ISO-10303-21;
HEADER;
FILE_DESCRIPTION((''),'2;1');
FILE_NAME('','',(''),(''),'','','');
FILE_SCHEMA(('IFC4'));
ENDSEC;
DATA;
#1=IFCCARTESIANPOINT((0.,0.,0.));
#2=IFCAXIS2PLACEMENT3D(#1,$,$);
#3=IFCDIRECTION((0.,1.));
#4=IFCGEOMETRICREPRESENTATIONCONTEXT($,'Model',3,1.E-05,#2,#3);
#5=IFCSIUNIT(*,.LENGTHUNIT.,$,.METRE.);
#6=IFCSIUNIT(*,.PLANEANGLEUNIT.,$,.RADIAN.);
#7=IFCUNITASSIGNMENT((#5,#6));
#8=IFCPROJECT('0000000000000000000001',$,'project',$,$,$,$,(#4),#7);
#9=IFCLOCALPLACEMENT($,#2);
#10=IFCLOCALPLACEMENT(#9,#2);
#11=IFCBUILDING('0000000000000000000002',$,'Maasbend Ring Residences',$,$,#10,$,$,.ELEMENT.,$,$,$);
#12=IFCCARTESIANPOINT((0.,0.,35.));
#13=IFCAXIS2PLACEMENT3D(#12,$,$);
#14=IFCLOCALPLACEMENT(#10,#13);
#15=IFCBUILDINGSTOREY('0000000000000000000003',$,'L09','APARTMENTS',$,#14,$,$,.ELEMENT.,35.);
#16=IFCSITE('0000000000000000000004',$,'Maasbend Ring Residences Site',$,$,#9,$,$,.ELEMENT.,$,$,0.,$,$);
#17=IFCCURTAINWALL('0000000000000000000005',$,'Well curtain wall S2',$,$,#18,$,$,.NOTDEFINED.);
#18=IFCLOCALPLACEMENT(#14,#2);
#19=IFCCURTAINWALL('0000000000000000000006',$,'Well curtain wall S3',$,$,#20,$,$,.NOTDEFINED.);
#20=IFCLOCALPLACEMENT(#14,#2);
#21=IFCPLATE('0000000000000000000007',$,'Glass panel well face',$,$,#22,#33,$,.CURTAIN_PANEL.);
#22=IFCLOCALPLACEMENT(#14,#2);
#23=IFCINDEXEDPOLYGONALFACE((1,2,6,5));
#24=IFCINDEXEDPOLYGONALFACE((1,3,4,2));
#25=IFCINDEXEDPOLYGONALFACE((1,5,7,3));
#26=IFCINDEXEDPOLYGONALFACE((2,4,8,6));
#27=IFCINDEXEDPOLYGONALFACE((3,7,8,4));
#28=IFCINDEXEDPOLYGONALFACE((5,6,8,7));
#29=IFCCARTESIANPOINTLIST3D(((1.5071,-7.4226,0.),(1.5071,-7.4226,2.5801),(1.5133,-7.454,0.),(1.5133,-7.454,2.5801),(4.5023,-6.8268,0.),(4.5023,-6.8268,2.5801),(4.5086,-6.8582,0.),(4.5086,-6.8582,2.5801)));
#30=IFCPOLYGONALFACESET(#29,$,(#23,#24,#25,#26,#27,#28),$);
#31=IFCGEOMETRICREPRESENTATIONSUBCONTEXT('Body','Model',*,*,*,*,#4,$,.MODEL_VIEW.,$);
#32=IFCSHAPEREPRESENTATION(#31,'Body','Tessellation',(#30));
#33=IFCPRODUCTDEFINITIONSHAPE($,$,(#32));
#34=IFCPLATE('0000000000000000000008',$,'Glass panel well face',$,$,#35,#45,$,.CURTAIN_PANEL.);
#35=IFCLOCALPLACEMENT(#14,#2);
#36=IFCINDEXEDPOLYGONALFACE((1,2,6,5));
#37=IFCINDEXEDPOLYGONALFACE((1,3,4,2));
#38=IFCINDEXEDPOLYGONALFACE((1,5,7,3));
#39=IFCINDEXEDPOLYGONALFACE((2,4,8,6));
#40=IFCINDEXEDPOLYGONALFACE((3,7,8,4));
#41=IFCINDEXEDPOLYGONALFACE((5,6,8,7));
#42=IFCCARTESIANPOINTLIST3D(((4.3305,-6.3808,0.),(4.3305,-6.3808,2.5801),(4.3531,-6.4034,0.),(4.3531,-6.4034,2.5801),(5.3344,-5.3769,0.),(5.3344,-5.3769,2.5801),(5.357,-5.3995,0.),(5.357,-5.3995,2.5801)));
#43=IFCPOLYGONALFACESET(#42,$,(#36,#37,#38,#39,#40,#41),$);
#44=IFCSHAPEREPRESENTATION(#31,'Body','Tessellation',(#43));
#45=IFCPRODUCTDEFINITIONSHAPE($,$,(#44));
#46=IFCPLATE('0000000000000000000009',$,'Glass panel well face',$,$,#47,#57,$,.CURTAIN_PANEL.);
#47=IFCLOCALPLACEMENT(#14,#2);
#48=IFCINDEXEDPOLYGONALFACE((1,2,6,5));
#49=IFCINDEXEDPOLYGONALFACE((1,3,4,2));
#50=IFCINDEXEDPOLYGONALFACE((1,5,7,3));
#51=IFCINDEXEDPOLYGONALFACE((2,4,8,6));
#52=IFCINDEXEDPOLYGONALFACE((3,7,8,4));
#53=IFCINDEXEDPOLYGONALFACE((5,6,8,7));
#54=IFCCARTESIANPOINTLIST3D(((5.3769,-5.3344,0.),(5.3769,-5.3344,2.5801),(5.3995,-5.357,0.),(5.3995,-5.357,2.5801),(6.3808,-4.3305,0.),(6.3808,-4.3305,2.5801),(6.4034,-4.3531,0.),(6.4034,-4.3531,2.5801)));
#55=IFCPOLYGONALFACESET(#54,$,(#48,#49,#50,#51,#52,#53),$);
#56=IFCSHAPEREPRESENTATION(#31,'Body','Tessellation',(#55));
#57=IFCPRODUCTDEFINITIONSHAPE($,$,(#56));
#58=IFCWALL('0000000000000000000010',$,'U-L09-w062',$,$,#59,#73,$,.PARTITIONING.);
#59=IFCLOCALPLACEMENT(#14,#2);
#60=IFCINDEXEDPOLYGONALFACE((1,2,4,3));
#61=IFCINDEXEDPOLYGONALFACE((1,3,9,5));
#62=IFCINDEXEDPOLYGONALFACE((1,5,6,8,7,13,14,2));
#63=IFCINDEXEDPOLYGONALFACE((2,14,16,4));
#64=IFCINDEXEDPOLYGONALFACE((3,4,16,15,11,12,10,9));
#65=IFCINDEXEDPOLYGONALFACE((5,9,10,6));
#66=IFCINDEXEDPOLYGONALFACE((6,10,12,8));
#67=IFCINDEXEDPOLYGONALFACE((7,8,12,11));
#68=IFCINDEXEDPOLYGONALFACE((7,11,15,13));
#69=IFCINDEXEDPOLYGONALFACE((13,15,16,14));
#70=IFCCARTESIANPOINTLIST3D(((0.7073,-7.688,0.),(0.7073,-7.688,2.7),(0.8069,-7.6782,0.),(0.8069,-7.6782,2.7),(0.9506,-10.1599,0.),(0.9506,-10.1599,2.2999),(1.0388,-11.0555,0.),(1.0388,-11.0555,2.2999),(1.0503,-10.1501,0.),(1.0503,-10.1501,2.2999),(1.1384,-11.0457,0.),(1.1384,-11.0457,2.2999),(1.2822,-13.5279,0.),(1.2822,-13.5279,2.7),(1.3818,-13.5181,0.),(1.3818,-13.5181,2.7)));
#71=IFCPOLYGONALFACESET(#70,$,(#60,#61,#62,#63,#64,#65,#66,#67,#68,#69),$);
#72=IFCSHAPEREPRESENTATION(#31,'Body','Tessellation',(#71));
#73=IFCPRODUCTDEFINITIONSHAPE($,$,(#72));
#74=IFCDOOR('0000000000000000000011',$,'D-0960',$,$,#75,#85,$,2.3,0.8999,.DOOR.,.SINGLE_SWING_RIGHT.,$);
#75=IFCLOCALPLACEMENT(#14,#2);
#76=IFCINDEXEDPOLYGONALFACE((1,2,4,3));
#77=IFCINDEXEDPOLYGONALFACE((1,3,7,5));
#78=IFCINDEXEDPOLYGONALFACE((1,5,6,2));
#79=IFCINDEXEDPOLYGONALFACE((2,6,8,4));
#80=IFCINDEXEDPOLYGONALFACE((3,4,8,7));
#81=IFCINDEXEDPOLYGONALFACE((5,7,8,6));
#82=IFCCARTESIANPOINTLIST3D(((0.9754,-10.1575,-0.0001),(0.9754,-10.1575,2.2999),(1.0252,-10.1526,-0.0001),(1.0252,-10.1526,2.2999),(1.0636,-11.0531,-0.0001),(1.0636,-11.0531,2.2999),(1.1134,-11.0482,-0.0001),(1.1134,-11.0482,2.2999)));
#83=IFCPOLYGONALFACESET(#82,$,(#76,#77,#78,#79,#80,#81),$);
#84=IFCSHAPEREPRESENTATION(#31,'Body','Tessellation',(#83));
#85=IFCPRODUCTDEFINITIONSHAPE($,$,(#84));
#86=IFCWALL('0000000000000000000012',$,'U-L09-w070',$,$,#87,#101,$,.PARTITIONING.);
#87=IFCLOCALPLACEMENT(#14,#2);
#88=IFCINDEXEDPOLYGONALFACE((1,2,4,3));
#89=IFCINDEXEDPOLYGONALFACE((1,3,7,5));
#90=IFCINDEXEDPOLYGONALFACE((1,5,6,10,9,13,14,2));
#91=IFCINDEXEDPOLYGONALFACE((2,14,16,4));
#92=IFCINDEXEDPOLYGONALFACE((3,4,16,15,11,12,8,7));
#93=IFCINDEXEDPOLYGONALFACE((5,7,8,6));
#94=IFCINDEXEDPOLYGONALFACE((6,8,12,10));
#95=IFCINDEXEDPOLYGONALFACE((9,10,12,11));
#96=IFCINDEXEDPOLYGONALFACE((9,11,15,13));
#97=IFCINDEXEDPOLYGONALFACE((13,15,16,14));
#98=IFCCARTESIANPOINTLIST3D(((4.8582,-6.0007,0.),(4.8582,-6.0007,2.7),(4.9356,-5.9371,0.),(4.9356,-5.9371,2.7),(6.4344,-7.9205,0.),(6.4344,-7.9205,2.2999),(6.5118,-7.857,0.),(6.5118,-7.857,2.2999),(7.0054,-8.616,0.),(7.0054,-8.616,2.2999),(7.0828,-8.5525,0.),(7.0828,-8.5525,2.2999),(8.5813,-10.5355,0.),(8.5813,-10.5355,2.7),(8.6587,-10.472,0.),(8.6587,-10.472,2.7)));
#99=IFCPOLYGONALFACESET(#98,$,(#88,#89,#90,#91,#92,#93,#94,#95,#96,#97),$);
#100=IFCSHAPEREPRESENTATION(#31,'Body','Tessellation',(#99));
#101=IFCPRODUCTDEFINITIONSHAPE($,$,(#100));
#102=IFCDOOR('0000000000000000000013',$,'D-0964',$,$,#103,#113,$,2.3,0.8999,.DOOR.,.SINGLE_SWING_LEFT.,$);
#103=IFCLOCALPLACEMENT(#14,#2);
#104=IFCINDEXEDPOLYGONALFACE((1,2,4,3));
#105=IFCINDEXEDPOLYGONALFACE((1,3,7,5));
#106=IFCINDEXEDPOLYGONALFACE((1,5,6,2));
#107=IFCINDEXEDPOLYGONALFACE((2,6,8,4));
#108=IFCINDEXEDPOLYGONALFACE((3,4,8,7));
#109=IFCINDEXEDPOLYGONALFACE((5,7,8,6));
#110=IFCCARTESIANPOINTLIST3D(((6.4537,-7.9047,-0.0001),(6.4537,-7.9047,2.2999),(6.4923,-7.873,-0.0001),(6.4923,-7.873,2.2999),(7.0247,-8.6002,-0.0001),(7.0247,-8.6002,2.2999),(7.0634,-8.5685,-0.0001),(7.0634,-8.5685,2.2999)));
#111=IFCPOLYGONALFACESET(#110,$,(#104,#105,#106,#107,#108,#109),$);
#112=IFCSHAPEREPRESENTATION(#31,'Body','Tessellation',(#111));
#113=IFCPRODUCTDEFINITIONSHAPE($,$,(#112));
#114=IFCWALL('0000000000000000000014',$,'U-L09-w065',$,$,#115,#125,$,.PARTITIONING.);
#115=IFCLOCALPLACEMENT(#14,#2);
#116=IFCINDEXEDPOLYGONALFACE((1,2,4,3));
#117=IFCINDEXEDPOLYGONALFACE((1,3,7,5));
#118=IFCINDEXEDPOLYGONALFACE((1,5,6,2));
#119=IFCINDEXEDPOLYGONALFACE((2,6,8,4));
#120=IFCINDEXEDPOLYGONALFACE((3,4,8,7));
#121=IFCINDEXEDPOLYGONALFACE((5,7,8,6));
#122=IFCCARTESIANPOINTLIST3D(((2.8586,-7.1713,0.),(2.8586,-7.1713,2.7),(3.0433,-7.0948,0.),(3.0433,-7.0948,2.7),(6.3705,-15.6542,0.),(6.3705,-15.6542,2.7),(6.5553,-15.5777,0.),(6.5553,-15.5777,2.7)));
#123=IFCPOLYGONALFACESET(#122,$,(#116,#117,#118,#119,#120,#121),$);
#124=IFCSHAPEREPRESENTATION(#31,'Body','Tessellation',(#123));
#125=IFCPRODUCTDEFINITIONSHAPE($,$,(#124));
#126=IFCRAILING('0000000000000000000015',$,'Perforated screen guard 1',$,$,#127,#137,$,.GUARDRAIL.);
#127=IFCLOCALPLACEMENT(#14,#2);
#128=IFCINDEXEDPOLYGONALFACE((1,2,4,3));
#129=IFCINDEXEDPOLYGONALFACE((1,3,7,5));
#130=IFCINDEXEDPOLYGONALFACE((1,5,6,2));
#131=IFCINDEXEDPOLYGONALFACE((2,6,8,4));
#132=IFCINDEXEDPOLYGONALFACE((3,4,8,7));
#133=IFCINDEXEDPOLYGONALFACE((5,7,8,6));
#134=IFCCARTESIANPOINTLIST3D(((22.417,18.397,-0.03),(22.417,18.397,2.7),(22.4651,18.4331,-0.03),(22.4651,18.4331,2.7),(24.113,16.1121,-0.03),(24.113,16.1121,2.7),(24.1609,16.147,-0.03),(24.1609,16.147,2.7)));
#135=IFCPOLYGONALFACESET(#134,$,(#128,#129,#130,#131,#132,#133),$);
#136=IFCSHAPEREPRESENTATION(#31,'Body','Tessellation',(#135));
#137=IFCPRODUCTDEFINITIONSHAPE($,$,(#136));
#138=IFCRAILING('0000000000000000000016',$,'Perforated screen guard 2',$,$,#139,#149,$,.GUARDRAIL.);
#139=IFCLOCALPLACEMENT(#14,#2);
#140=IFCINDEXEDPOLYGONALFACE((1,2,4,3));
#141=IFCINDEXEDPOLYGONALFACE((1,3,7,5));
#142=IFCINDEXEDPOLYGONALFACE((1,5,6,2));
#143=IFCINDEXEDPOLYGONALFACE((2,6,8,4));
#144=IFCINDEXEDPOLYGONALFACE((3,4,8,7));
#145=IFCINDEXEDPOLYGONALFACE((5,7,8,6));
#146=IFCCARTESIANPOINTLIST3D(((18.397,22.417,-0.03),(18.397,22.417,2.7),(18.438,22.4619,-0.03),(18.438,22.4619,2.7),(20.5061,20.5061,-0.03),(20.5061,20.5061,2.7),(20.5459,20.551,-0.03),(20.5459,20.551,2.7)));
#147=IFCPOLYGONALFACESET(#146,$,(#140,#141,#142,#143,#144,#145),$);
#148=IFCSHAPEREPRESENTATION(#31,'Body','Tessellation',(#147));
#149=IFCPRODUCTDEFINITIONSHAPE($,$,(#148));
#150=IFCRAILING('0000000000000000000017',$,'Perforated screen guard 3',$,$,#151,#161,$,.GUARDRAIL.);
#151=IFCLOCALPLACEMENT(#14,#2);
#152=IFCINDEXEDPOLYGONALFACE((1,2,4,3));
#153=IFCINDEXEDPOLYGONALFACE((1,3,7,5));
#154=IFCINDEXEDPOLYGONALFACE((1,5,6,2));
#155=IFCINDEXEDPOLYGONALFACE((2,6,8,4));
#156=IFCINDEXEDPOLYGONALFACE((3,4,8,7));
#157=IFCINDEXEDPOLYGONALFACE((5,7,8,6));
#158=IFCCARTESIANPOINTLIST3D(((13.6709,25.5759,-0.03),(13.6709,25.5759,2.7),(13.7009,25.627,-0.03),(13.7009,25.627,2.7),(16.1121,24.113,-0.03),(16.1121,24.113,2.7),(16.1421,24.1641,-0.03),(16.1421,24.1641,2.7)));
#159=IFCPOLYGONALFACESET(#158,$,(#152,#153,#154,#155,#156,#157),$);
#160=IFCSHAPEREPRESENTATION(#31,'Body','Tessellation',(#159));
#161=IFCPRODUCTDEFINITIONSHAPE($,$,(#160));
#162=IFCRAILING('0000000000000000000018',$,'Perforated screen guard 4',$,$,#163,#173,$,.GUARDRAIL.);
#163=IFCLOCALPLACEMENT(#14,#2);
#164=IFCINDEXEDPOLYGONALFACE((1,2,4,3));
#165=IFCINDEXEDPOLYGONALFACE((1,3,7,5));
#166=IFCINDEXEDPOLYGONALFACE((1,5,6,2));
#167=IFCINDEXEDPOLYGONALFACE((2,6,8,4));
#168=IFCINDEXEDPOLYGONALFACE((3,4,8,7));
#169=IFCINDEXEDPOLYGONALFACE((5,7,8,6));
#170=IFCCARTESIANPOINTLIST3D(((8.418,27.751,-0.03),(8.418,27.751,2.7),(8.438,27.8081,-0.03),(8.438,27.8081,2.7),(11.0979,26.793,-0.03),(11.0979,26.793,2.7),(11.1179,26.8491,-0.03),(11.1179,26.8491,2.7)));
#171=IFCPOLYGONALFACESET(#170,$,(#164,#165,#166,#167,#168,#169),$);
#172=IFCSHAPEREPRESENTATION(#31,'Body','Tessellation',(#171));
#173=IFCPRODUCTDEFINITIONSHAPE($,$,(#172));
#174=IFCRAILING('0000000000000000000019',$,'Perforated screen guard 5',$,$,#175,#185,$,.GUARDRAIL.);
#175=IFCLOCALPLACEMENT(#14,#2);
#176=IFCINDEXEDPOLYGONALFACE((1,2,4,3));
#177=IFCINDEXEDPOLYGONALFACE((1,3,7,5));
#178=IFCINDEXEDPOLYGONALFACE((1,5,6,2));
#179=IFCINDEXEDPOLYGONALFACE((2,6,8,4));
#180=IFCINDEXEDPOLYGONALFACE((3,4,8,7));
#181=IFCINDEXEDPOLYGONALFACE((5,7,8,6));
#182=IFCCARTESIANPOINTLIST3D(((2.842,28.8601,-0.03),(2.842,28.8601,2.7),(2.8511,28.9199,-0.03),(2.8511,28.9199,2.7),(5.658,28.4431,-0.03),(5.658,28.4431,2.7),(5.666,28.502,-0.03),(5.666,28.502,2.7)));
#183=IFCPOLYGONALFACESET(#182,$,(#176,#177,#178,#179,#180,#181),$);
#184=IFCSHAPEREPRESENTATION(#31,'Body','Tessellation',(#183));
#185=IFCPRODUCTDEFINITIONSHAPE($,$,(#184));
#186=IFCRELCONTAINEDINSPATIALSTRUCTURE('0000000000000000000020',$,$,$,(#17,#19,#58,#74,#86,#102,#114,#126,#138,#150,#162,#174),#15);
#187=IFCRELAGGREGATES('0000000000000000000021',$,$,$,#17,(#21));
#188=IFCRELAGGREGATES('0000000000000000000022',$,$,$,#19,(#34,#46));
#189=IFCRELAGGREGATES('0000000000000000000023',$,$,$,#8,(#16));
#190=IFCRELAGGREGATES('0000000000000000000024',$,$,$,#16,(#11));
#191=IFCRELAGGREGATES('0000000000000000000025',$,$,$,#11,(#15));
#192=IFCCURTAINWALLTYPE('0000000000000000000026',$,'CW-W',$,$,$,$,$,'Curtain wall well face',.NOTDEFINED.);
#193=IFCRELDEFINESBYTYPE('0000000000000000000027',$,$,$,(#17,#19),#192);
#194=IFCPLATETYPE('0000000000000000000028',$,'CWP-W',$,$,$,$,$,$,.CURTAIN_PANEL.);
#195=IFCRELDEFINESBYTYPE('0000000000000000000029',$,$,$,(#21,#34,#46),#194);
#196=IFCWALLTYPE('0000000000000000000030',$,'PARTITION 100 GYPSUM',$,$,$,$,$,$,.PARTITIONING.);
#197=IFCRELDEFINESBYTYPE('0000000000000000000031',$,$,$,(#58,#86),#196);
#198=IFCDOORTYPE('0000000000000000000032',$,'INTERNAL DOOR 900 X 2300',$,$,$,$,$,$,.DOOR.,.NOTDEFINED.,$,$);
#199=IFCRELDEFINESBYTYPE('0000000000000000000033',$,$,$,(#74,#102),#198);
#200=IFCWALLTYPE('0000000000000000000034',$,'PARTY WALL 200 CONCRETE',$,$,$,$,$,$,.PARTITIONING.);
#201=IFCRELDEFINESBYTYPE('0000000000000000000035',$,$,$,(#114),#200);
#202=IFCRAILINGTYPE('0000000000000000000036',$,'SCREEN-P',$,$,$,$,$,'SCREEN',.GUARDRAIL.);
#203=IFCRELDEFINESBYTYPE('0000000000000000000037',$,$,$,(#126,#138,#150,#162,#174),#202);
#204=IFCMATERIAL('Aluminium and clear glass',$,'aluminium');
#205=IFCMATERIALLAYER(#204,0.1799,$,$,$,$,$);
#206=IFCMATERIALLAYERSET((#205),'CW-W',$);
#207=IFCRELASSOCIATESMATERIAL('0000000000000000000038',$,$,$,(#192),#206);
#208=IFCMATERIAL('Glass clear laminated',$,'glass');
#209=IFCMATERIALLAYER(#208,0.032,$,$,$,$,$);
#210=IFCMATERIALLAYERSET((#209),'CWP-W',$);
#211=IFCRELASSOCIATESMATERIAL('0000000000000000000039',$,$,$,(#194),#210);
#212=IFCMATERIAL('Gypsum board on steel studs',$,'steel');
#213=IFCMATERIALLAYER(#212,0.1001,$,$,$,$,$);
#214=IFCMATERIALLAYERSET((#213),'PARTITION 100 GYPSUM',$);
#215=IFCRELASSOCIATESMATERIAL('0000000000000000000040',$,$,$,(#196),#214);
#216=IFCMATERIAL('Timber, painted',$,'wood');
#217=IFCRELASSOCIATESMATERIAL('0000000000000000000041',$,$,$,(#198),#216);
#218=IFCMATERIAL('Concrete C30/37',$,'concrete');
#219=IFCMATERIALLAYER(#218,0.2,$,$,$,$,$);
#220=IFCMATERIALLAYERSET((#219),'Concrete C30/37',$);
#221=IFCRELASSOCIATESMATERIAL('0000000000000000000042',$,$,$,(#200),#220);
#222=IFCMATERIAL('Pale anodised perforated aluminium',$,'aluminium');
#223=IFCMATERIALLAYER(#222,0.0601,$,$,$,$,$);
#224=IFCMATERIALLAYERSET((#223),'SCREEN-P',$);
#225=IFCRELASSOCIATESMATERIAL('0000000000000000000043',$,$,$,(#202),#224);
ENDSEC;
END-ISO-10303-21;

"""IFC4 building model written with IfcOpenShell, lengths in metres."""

from ifc_helpers import new_model, si_unit, direction, frame, frame_2d, origin, origin_2d, place, context, subcontext, project, spatial, polyline, rectangle, outline, extrude, material, layer, layer_set, type_object, element, fill, aggregate, save


model = new_model("IFC4")

# Units and contexts
model_context = context("Model", 3, precision=1e-05, world=origin(), true_north=direction((0.0, 1.0)))
body_context = subcontext(model_context, "Body", "Model", "MODEL_VIEW")
ifc_project = project(units=[si_unit("LENGTHUNIT", "METRE"), si_unit("PLANEANGLEUNIT", "RADIAN")], contexts=[model_context])

# Site, building, storey
site_placement = place(None, origin())
site = spatial("IfcSite", under=ifc_project, at=site_placement, Name="Maasbend Ring Residences Site", CompositionType="ELEMENT", RefElevation=0.0)
building_placement = place(site_placement, origin())
building = spatial("IfcBuilding", under=site, at=building_placement, Name="Maasbend Ring Residences", CompositionType="ELEMENT")
storey_placement = place(building_placement, frame((0.0, 0.0, 35.0)))
storey = spatial("IfcBuildingStorey", under=building, at=storey_placement, Name="L09", Description="APARTMENTS", CompositionType="ELEMENT", Elevation=35.0)

# Curtain walls
ifc_material_1 = material(Name="Aluminium and clear glass", Category="aluminium")
ifc_layer_1 = layer(ifc_material_1, 0.1799)
ifc_layer_set_1 = layer_set([ifc_layer_1], Name="CW-W")
curtain_wall_type = type_object("IfcCurtainWallType", Name="CW-W", ElementType="Curtain wall well face", PredefinedType="NOTDEFINED", material=ifc_layer_set_1)
curtain_wall_1_placement = place(storey_placement, origin())
curtain_wall_1 = element("IfcCurtainWall", 1, at=curtain_wall_1_placement, inside=storey, type_object=curtain_wall_type, Name="Well curtain wall S2", PredefinedType="NOTDEFINED")
curtain_wall_2_placement = place(storey_placement, origin())
curtain_wall_2 = element("IfcCurtainWall", 2, at=curtain_wall_2_placement, inside=storey, type_object=curtain_wall_type, Name="Well curtain wall S3", PredefinedType="NOTDEFINED")

# Plates
ifc_material_2 = material(Name="Glass clear laminated", Category="glass")
ifc_layer_2 = layer(ifc_material_2, 0.032)
ifc_layer_set_2 = layer_set([ifc_layer_2], Name="CWP-W")
plate_type = type_object("IfcPlateType", Name="CWP-W", PredefinedType="CURTAIN_PANEL", material=ifc_layer_set_2)
plate_1_placement = place(storey_placement, frame((3.0078, -7.1404, 0.0), z_axis=(0.0, 0.0, 1.0), x_axis=(0.980785, 0.19509, 0.0)))
plate_1 = element("IfcPlate", 3, at=plate_1_placement, type_object=plate_type, Name="Glass panel well face", PredefinedType="CURTAIN_PANEL", context=body_context, shape_type="SweptSolid", body=[
    extrude(rectangle(XDim=3.054, YDim=0.032, at=origin_2d()), origin(), (0.0, 0.0, 1.0), 2.5801),
])
aggregate(curtain_wall_1, [plate_1])
plate_2_placement = place(storey_placement, frame((4.8438, -5.8901, 0.0), z_axis=(0.0, 0.0, 1.0), x_axis=(0.707107, 0.707107, 0.0)))
plate_2 = element("IfcPlate", 4, at=plate_2_placement, type_object=plate_type, Name="Glass panel well face", PredefinedType="CURTAIN_PANEL", context=body_context, shape_type="SweptSolid", body=[
    extrude(rectangle(XDim=1.4197, YDim=0.032, at=origin_2d()), origin(), (0.0, 0.0, 1.0), 2.5801),
])
plate_3_placement = place(storey_placement, frame((5.8901, -4.8438, 0.0), z_axis=(0.0, 0.0, 1.0), x_axis=(0.707107, 0.707107, 0.0)))
plate_3 = element("IfcPlate", 5, at=plate_3_placement, type_object=plate_type, Name="Glass panel well face", PredefinedType="CURTAIN_PANEL", context=body_context, shape_type="SweptSolid", body=[
    extrude(rectangle(XDim=1.4197, YDim=0.032, at=origin_2d()), origin(), (0.0, 0.0, 1.0), 2.5801),
])
aggregate(curtain_wall_2, [plate_2, plate_3])

# Walls, openings, doors
ifc_material_3 = material(Name="Gypsum board on steel studs", Category="steel")
ifc_layer_3 = layer(ifc_material_3, 0.1001)
ifc_layer_set_3 = layer_set([ifc_layer_3], Name="PARTITION 100 GYPSUM")
wall_type_1 = type_object("IfcWallType", Name="PARTITION 100 GYPSUM", PredefinedType="PARTITIONING", material=ifc_layer_set_3)
wall_1_placement = place(storey_placement, frame((0.7571, -7.6831, 0.0), z_axis=(0.0, 0.0, 1.0), x_axis=(0.097979, -0.995188, 0.0)))
wall_1 = element("IfcWall", 6, at=wall_1_placement, inside=storey, type_object=wall_type_1, Name="U-L09-w062", PredefinedType="PARTITIONING", context=body_context, shape_type="SweptSolid", body=[
    extrude(rectangle(XDim=5.8682, YDim=0.1001, at=frame_2d((2.9341, 0.0))), origin(), (0.0, 0.0, 1.0), 2.7),
])
opening_1_placement = place(wall_1_placement, frame((2.4839, 0.0, 0.0)))
opening_1 = element("IfcOpeningElement", 7, at=opening_1_placement, cuts=wall_1, PredefinedType="OPENING", context=body_context, shape_type="SweptSolid", body=[
    extrude(rectangle(XDim=0.8999, YDim=2.3, at=frame_2d((0.45, 1.1499))), frame((0.0, 0.0601, 0.0), z_axis=(0.0, -1.0, 0.0), x_axis=(1.0, 0.0, 0.0)), (0.0, 0.0, 1.0), 0.1201),
])
ifc_material_4 = material(Name="Timber, painted", Category="wood")
door_type = type_object("IfcDoorType", Name="INTERNAL DOOR 900 X 2300", OperationType="NOTDEFINED", PredefinedType="DOOR", material=ifc_material_4)
door_1_placement = place(opening_1_placement, origin())
door_1 = element("IfcDoor", 8, at=door_1_placement, inside=storey, type_object=door_type, Name="D-0960", OperationType="SINGLE_SWING_RIGHT", OverallHeight=2.3, OverallWidth=0.8999, PredefinedType="DOOR", context=body_context, shape_type="SweptSolid", body=[
    extrude(rectangle(XDim=0.8999, YDim=2.3, at=frame_2d((0.45, 1.1499))), frame((0.0, 0.0249, 0.0), z_axis=(0.0, -1.0, 0.0), x_axis=(1.0, 0.0, 0.0)), (0.0, 0.0, 1.0), 0.05),
])
fill(opening_1, door_1)
wall_2_placement = place(storey_placement, frame((4.897, -5.969, 0.0), z_axis=(0.0, 0.0, 1.0), x_axis=(0.63454, -0.77289, 0.0)))
wall_2 = element("IfcWall", 9, at=wall_2_placement, inside=storey, type_object=wall_type_1, Name="U-L09-w070", PredefinedType="PARTITIONING", context=body_context, shape_type="SweptSolid", body=[
    extrude(rectangle(XDim=5.8674, YDim=0.1001, at=frame_2d((2.9336, 0.0))), origin(), (0.0, 0.0, 1.0), 2.7),
])
opening_2_placement = place(wall_2_placement, frame((2.4839, 0.0, 0.0)))
opening_2 = element("IfcOpeningElement", 10, at=opening_2_placement, cuts=wall_2, PredefinedType="OPENING", context=body_context, shape_type="SweptSolid", body=[
    extrude(rectangle(XDim=0.8999, YDim=2.3, at=frame_2d((0.45, 1.1499))), frame((0.0, 0.0601, 0.0), z_axis=(0.0, -1.0, 0.0), x_axis=(1.0, 0.0, 0.0)), (0.0, 0.0, 1.0), 0.1201),
])
door_2_placement = place(opening_2_placement, origin())
door_2 = element("IfcDoor", 11, at=door_2_placement, inside=storey, type_object=door_type, Name="D-0964", OperationType="SINGLE_SWING_LEFT", OverallHeight=2.3, OverallWidth=0.8999, PredefinedType="DOOR", context=body_context, shape_type="SweptSolid", body=[
    extrude(rectangle(XDim=0.8999, YDim=2.3, at=frame_2d((0.45, 1.1499))), frame((0.0, 0.0249, 0.0), z_axis=(0.0, -1.0, 0.0), x_axis=(1.0, 0.0, 0.0)), (0.0, 0.0, 1.0), 0.05),
])
fill(opening_2, door_2)

# Wall
ifc_material_5 = material(Name="Concrete C30/37", Category="concrete")
ifc_layer_4 = layer(ifc_material_5, 0.2)
ifc_layer_set_4 = layer_set([ifc_layer_4], Name="Concrete C30/37")
wall_type_2 = type_object("IfcWallType", Name="PARTY WALL 200 CONCRETE", PredefinedType="PARTITIONING", material=ifc_layer_set_4)
wall_3_placement = place(storey_placement, frame((2.9509, -7.1331, 0.0), z_axis=(0.0, 0.0, 1.0), x_axis=(0.382519, -0.923948, 0.0)))
element("IfcWall", 12, at=wall_3_placement, inside=storey, type_object=wall_type_2, Name="U-L09-w065", PredefinedType="PARTITIONING", context=body_context, shape_type="SweptSolid", body=[
    extrude(rectangle(XDim=9.1812, YDim=0.2, at=frame_2d((4.5906, 0.0))), origin(), (0.0, 0.0, 1.0), 2.7),
])

# Railings
ifc_material_6 = material(Name="Pale anodised perforated aluminium", Category="aluminium")
ifc_layer_5 = layer(ifc_material_6, 0.0601)
ifc_layer_set_5 = layer_set([ifc_layer_5], Name="SCREEN-P")
railing_type = type_object("IfcRailingType", Name="SCREEN-P", ElementType="SCREEN", PredefinedType="GUARDRAIL", material=ifc_layer_set_5)
railing_1_placement = place(storey_placement, frame((0.0, 0.0, -0.03)))
element("IfcRailing", 13, at=railing_1_placement, inside=storey, type_object=railing_type, Name="Perforated screen guard 1", PredefinedType="GUARDRAIL", context=body_context, shape_type="SweptSolid", body=[
    extrude(outline(polyline([(24.113, 16.1121), (22.417, 18.397), (22.4651, 18.4331), (24.1609, 16.147), (24.113, 16.1121)])), origin(), (0.0, 0.0, 1.0), 2.73),
])
railing_2_placement = place(storey_placement, frame((0.0, 0.0, -0.03)))
element("IfcRailing", 14, at=railing_2_placement, inside=storey, type_object=railing_type, Name="Perforated screen guard 2", PredefinedType="GUARDRAIL", context=body_context, shape_type="SweptSolid", body=[
    extrude(outline(polyline([(20.5061, 20.5061), (18.397, 22.417), (18.438, 22.4619), (20.5459, 20.551), (20.5061, 20.5061)])), origin(), (0.0, 0.0, 1.0), 2.73),
])
railing_3_placement = place(storey_placement, frame((0.0, 0.0, -0.03)))
element("IfcRailing", 15, at=railing_3_placement, inside=storey, type_object=railing_type, Name="Perforated screen guard 3", PredefinedType="GUARDRAIL", context=body_context, shape_type="SweptSolid", body=[
    extrude(outline(polyline([(16.1121, 24.113), (13.6709, 25.5759), (13.7009, 25.627), (16.1421, 24.1641), (16.1121, 24.113)])), origin(), (0.0, 0.0, 1.0), 2.73),
])
railing_4_placement = place(storey_placement, frame((0.0, 0.0, -0.03)))
element("IfcRailing", 16, at=railing_4_placement, inside=storey, type_object=railing_type, Name="Perforated screen guard 4", PredefinedType="GUARDRAIL", context=body_context, shape_type="SweptSolid", body=[
    extrude(outline(polyline([(11.0979, 26.793), (8.418, 27.751), (8.438, 27.8081), (11.1179, 26.8491), (11.0979, 26.793)])), origin(), (0.0, 0.0, 1.0), 2.73),
])
railing_5_placement = place(storey_placement, frame((0.0, 0.0, -0.03)))
element("IfcRailing", 17, at=railing_5_placement, inside=storey, type_object=railing_type, Name="Perforated screen guard 5", PredefinedType="GUARDRAIL", context=body_context, shape_type="SweptSolid", body=[
    extrude(outline(polyline([(5.658, 28.4431), (2.842, 28.8601), (2.8511, 28.9199), (5.666, 28.502), (5.658, 28.4431)])), origin(), (0.0, 0.0, 1.0), 2.73),
])

save(model, "model.ifc")
